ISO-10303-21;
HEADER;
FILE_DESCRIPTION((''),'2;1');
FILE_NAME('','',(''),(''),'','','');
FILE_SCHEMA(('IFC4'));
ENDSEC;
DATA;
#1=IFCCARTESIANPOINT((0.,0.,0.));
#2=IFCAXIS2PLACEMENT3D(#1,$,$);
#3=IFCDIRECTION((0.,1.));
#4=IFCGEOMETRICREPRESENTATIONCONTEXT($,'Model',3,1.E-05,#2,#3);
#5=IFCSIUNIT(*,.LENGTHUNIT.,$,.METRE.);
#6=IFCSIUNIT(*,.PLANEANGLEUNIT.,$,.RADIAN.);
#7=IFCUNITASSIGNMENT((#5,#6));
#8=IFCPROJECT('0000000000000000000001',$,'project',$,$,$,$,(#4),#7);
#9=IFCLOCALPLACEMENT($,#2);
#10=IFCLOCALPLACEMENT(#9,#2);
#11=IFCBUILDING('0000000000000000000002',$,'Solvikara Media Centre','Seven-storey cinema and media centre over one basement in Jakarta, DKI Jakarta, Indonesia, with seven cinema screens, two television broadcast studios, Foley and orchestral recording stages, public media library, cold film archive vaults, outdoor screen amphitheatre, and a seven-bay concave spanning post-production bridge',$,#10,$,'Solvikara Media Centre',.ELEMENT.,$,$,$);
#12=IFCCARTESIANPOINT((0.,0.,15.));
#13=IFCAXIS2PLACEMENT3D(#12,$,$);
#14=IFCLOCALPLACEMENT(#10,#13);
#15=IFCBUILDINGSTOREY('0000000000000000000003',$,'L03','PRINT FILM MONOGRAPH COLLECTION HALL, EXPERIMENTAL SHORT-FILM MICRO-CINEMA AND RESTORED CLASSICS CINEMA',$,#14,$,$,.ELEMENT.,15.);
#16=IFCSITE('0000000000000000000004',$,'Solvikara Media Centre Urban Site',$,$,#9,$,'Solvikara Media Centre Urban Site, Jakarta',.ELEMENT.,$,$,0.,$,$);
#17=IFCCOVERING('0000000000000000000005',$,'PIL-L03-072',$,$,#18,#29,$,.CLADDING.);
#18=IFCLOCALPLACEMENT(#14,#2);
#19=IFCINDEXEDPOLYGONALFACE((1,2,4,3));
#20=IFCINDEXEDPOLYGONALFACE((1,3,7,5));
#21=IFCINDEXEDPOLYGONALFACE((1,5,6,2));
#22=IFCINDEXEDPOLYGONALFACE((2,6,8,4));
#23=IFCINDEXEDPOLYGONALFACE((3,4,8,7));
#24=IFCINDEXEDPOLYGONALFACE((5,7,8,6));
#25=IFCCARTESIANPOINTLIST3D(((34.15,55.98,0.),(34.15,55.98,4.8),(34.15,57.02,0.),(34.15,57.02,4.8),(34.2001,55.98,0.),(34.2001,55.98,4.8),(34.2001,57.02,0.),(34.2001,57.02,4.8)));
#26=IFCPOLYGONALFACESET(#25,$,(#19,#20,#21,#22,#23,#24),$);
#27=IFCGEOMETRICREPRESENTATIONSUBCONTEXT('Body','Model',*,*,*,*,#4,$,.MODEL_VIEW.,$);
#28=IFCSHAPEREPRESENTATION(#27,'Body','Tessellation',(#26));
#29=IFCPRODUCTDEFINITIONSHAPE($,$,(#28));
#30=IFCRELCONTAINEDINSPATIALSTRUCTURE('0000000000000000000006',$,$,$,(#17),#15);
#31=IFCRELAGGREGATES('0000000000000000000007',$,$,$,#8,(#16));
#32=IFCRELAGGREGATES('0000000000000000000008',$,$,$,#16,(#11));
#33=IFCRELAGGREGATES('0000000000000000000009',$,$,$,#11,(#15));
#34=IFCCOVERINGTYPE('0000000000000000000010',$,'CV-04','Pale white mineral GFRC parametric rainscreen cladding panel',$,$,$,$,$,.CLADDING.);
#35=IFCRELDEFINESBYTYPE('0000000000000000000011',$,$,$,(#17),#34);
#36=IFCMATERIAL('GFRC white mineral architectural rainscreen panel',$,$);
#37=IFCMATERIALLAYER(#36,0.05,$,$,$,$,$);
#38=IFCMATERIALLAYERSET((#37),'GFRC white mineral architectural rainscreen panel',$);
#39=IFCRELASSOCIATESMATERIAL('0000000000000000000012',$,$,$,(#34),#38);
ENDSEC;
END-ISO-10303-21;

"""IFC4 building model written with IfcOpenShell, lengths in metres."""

from ifc_helpers import new_model, si_unit, direction, frame, origin, origin_2d, place, context, subcontext, project, spatial, rectangle, extrude, material, layer, layer_set, type_object, element, save


model = new_model("IFC4")

# Units and contexts
model_context = context("Model", 3, precision=1e-05, world=origin(), true_north=direction((0.0, 1.0)))
body_context = subcontext(model_context, "Body", "Model", "MODEL_VIEW")
ifc_project = project(units=[si_unit("LENGTHUNIT", "METRE"), si_unit("PLANEANGLEUNIT", "RADIAN")], contexts=[model_context])

# Site, building, storey
site_placement = place(None, origin())
site = spatial("IfcSite", under=ifc_project, at=site_placement, Name="Solvikara Media Centre Urban Site", LongName="Solvikara Media Centre Urban Site, Jakarta", CompositionType="ELEMENT", RefElevation=0.0)
building_placement = place(site_placement, origin())
building = spatial("IfcBuilding", under=site, at=building_placement, Name="Solvikara Media Centre", Description="Seven-storey cinema and media centre over one basement in Jakarta, DKI Jakarta, Indonesia, with seven cinema screens, two television broadcast studios, Foley and orchestral recording stages, public media library, cold film archive vaults, outdoor screen amphitheatre, and a seven-bay concave spanning post-production bridge", LongName="Solvikara Media Centre", CompositionType="ELEMENT")
storey_placement = place(building_placement, frame((0.0, 0.0, 15.0)))
storey = spatial("IfcBuildingStorey", under=building, at=storey_placement, Name="L03", Description="PRINT FILM MONOGRAPH COLLECTION HALL, EXPERIMENTAL SHORT-FILM MICRO-CINEMA AND RESTORED CLASSICS CINEMA", CompositionType="ELEMENT", Elevation=15.0)

# Covering
ifc_material_1 = material(Name="GFRC white mineral architectural rainscreen panel")
ifc_layer_1 = layer(ifc_material_1, 0.05)
ifc_layer_set_1 = layer_set([ifc_layer_1], Name="GFRC white mineral architectural rainscreen panel")
covering_type = type_object("IfcCoveringType", Name="CV-04", Description="Pale white mineral GFRC parametric rainscreen cladding panel", PredefinedType="CLADDING", material=ifc_layer_set_1)
covering_placement = place(storey_placement, frame((34.175, 56.5, 0.0), z_axis=(0.0, 0.0, 1.0), x_axis=(0.0, 1.0, 0.0)))
element("IfcCovering", 1, at=covering_placement, inside=storey, type_object=covering_type, Name="PIL-L03-072", PredefinedType="CLADDING", context=body_context, shape_type="SweptSolid", body=[
    extrude(rectangle(XDim=1.04, YDim=0.05, at=origin_2d()), origin(), (0.0, 0.0, 1.0), 4.8),
])

save(model, "model.ifc")
